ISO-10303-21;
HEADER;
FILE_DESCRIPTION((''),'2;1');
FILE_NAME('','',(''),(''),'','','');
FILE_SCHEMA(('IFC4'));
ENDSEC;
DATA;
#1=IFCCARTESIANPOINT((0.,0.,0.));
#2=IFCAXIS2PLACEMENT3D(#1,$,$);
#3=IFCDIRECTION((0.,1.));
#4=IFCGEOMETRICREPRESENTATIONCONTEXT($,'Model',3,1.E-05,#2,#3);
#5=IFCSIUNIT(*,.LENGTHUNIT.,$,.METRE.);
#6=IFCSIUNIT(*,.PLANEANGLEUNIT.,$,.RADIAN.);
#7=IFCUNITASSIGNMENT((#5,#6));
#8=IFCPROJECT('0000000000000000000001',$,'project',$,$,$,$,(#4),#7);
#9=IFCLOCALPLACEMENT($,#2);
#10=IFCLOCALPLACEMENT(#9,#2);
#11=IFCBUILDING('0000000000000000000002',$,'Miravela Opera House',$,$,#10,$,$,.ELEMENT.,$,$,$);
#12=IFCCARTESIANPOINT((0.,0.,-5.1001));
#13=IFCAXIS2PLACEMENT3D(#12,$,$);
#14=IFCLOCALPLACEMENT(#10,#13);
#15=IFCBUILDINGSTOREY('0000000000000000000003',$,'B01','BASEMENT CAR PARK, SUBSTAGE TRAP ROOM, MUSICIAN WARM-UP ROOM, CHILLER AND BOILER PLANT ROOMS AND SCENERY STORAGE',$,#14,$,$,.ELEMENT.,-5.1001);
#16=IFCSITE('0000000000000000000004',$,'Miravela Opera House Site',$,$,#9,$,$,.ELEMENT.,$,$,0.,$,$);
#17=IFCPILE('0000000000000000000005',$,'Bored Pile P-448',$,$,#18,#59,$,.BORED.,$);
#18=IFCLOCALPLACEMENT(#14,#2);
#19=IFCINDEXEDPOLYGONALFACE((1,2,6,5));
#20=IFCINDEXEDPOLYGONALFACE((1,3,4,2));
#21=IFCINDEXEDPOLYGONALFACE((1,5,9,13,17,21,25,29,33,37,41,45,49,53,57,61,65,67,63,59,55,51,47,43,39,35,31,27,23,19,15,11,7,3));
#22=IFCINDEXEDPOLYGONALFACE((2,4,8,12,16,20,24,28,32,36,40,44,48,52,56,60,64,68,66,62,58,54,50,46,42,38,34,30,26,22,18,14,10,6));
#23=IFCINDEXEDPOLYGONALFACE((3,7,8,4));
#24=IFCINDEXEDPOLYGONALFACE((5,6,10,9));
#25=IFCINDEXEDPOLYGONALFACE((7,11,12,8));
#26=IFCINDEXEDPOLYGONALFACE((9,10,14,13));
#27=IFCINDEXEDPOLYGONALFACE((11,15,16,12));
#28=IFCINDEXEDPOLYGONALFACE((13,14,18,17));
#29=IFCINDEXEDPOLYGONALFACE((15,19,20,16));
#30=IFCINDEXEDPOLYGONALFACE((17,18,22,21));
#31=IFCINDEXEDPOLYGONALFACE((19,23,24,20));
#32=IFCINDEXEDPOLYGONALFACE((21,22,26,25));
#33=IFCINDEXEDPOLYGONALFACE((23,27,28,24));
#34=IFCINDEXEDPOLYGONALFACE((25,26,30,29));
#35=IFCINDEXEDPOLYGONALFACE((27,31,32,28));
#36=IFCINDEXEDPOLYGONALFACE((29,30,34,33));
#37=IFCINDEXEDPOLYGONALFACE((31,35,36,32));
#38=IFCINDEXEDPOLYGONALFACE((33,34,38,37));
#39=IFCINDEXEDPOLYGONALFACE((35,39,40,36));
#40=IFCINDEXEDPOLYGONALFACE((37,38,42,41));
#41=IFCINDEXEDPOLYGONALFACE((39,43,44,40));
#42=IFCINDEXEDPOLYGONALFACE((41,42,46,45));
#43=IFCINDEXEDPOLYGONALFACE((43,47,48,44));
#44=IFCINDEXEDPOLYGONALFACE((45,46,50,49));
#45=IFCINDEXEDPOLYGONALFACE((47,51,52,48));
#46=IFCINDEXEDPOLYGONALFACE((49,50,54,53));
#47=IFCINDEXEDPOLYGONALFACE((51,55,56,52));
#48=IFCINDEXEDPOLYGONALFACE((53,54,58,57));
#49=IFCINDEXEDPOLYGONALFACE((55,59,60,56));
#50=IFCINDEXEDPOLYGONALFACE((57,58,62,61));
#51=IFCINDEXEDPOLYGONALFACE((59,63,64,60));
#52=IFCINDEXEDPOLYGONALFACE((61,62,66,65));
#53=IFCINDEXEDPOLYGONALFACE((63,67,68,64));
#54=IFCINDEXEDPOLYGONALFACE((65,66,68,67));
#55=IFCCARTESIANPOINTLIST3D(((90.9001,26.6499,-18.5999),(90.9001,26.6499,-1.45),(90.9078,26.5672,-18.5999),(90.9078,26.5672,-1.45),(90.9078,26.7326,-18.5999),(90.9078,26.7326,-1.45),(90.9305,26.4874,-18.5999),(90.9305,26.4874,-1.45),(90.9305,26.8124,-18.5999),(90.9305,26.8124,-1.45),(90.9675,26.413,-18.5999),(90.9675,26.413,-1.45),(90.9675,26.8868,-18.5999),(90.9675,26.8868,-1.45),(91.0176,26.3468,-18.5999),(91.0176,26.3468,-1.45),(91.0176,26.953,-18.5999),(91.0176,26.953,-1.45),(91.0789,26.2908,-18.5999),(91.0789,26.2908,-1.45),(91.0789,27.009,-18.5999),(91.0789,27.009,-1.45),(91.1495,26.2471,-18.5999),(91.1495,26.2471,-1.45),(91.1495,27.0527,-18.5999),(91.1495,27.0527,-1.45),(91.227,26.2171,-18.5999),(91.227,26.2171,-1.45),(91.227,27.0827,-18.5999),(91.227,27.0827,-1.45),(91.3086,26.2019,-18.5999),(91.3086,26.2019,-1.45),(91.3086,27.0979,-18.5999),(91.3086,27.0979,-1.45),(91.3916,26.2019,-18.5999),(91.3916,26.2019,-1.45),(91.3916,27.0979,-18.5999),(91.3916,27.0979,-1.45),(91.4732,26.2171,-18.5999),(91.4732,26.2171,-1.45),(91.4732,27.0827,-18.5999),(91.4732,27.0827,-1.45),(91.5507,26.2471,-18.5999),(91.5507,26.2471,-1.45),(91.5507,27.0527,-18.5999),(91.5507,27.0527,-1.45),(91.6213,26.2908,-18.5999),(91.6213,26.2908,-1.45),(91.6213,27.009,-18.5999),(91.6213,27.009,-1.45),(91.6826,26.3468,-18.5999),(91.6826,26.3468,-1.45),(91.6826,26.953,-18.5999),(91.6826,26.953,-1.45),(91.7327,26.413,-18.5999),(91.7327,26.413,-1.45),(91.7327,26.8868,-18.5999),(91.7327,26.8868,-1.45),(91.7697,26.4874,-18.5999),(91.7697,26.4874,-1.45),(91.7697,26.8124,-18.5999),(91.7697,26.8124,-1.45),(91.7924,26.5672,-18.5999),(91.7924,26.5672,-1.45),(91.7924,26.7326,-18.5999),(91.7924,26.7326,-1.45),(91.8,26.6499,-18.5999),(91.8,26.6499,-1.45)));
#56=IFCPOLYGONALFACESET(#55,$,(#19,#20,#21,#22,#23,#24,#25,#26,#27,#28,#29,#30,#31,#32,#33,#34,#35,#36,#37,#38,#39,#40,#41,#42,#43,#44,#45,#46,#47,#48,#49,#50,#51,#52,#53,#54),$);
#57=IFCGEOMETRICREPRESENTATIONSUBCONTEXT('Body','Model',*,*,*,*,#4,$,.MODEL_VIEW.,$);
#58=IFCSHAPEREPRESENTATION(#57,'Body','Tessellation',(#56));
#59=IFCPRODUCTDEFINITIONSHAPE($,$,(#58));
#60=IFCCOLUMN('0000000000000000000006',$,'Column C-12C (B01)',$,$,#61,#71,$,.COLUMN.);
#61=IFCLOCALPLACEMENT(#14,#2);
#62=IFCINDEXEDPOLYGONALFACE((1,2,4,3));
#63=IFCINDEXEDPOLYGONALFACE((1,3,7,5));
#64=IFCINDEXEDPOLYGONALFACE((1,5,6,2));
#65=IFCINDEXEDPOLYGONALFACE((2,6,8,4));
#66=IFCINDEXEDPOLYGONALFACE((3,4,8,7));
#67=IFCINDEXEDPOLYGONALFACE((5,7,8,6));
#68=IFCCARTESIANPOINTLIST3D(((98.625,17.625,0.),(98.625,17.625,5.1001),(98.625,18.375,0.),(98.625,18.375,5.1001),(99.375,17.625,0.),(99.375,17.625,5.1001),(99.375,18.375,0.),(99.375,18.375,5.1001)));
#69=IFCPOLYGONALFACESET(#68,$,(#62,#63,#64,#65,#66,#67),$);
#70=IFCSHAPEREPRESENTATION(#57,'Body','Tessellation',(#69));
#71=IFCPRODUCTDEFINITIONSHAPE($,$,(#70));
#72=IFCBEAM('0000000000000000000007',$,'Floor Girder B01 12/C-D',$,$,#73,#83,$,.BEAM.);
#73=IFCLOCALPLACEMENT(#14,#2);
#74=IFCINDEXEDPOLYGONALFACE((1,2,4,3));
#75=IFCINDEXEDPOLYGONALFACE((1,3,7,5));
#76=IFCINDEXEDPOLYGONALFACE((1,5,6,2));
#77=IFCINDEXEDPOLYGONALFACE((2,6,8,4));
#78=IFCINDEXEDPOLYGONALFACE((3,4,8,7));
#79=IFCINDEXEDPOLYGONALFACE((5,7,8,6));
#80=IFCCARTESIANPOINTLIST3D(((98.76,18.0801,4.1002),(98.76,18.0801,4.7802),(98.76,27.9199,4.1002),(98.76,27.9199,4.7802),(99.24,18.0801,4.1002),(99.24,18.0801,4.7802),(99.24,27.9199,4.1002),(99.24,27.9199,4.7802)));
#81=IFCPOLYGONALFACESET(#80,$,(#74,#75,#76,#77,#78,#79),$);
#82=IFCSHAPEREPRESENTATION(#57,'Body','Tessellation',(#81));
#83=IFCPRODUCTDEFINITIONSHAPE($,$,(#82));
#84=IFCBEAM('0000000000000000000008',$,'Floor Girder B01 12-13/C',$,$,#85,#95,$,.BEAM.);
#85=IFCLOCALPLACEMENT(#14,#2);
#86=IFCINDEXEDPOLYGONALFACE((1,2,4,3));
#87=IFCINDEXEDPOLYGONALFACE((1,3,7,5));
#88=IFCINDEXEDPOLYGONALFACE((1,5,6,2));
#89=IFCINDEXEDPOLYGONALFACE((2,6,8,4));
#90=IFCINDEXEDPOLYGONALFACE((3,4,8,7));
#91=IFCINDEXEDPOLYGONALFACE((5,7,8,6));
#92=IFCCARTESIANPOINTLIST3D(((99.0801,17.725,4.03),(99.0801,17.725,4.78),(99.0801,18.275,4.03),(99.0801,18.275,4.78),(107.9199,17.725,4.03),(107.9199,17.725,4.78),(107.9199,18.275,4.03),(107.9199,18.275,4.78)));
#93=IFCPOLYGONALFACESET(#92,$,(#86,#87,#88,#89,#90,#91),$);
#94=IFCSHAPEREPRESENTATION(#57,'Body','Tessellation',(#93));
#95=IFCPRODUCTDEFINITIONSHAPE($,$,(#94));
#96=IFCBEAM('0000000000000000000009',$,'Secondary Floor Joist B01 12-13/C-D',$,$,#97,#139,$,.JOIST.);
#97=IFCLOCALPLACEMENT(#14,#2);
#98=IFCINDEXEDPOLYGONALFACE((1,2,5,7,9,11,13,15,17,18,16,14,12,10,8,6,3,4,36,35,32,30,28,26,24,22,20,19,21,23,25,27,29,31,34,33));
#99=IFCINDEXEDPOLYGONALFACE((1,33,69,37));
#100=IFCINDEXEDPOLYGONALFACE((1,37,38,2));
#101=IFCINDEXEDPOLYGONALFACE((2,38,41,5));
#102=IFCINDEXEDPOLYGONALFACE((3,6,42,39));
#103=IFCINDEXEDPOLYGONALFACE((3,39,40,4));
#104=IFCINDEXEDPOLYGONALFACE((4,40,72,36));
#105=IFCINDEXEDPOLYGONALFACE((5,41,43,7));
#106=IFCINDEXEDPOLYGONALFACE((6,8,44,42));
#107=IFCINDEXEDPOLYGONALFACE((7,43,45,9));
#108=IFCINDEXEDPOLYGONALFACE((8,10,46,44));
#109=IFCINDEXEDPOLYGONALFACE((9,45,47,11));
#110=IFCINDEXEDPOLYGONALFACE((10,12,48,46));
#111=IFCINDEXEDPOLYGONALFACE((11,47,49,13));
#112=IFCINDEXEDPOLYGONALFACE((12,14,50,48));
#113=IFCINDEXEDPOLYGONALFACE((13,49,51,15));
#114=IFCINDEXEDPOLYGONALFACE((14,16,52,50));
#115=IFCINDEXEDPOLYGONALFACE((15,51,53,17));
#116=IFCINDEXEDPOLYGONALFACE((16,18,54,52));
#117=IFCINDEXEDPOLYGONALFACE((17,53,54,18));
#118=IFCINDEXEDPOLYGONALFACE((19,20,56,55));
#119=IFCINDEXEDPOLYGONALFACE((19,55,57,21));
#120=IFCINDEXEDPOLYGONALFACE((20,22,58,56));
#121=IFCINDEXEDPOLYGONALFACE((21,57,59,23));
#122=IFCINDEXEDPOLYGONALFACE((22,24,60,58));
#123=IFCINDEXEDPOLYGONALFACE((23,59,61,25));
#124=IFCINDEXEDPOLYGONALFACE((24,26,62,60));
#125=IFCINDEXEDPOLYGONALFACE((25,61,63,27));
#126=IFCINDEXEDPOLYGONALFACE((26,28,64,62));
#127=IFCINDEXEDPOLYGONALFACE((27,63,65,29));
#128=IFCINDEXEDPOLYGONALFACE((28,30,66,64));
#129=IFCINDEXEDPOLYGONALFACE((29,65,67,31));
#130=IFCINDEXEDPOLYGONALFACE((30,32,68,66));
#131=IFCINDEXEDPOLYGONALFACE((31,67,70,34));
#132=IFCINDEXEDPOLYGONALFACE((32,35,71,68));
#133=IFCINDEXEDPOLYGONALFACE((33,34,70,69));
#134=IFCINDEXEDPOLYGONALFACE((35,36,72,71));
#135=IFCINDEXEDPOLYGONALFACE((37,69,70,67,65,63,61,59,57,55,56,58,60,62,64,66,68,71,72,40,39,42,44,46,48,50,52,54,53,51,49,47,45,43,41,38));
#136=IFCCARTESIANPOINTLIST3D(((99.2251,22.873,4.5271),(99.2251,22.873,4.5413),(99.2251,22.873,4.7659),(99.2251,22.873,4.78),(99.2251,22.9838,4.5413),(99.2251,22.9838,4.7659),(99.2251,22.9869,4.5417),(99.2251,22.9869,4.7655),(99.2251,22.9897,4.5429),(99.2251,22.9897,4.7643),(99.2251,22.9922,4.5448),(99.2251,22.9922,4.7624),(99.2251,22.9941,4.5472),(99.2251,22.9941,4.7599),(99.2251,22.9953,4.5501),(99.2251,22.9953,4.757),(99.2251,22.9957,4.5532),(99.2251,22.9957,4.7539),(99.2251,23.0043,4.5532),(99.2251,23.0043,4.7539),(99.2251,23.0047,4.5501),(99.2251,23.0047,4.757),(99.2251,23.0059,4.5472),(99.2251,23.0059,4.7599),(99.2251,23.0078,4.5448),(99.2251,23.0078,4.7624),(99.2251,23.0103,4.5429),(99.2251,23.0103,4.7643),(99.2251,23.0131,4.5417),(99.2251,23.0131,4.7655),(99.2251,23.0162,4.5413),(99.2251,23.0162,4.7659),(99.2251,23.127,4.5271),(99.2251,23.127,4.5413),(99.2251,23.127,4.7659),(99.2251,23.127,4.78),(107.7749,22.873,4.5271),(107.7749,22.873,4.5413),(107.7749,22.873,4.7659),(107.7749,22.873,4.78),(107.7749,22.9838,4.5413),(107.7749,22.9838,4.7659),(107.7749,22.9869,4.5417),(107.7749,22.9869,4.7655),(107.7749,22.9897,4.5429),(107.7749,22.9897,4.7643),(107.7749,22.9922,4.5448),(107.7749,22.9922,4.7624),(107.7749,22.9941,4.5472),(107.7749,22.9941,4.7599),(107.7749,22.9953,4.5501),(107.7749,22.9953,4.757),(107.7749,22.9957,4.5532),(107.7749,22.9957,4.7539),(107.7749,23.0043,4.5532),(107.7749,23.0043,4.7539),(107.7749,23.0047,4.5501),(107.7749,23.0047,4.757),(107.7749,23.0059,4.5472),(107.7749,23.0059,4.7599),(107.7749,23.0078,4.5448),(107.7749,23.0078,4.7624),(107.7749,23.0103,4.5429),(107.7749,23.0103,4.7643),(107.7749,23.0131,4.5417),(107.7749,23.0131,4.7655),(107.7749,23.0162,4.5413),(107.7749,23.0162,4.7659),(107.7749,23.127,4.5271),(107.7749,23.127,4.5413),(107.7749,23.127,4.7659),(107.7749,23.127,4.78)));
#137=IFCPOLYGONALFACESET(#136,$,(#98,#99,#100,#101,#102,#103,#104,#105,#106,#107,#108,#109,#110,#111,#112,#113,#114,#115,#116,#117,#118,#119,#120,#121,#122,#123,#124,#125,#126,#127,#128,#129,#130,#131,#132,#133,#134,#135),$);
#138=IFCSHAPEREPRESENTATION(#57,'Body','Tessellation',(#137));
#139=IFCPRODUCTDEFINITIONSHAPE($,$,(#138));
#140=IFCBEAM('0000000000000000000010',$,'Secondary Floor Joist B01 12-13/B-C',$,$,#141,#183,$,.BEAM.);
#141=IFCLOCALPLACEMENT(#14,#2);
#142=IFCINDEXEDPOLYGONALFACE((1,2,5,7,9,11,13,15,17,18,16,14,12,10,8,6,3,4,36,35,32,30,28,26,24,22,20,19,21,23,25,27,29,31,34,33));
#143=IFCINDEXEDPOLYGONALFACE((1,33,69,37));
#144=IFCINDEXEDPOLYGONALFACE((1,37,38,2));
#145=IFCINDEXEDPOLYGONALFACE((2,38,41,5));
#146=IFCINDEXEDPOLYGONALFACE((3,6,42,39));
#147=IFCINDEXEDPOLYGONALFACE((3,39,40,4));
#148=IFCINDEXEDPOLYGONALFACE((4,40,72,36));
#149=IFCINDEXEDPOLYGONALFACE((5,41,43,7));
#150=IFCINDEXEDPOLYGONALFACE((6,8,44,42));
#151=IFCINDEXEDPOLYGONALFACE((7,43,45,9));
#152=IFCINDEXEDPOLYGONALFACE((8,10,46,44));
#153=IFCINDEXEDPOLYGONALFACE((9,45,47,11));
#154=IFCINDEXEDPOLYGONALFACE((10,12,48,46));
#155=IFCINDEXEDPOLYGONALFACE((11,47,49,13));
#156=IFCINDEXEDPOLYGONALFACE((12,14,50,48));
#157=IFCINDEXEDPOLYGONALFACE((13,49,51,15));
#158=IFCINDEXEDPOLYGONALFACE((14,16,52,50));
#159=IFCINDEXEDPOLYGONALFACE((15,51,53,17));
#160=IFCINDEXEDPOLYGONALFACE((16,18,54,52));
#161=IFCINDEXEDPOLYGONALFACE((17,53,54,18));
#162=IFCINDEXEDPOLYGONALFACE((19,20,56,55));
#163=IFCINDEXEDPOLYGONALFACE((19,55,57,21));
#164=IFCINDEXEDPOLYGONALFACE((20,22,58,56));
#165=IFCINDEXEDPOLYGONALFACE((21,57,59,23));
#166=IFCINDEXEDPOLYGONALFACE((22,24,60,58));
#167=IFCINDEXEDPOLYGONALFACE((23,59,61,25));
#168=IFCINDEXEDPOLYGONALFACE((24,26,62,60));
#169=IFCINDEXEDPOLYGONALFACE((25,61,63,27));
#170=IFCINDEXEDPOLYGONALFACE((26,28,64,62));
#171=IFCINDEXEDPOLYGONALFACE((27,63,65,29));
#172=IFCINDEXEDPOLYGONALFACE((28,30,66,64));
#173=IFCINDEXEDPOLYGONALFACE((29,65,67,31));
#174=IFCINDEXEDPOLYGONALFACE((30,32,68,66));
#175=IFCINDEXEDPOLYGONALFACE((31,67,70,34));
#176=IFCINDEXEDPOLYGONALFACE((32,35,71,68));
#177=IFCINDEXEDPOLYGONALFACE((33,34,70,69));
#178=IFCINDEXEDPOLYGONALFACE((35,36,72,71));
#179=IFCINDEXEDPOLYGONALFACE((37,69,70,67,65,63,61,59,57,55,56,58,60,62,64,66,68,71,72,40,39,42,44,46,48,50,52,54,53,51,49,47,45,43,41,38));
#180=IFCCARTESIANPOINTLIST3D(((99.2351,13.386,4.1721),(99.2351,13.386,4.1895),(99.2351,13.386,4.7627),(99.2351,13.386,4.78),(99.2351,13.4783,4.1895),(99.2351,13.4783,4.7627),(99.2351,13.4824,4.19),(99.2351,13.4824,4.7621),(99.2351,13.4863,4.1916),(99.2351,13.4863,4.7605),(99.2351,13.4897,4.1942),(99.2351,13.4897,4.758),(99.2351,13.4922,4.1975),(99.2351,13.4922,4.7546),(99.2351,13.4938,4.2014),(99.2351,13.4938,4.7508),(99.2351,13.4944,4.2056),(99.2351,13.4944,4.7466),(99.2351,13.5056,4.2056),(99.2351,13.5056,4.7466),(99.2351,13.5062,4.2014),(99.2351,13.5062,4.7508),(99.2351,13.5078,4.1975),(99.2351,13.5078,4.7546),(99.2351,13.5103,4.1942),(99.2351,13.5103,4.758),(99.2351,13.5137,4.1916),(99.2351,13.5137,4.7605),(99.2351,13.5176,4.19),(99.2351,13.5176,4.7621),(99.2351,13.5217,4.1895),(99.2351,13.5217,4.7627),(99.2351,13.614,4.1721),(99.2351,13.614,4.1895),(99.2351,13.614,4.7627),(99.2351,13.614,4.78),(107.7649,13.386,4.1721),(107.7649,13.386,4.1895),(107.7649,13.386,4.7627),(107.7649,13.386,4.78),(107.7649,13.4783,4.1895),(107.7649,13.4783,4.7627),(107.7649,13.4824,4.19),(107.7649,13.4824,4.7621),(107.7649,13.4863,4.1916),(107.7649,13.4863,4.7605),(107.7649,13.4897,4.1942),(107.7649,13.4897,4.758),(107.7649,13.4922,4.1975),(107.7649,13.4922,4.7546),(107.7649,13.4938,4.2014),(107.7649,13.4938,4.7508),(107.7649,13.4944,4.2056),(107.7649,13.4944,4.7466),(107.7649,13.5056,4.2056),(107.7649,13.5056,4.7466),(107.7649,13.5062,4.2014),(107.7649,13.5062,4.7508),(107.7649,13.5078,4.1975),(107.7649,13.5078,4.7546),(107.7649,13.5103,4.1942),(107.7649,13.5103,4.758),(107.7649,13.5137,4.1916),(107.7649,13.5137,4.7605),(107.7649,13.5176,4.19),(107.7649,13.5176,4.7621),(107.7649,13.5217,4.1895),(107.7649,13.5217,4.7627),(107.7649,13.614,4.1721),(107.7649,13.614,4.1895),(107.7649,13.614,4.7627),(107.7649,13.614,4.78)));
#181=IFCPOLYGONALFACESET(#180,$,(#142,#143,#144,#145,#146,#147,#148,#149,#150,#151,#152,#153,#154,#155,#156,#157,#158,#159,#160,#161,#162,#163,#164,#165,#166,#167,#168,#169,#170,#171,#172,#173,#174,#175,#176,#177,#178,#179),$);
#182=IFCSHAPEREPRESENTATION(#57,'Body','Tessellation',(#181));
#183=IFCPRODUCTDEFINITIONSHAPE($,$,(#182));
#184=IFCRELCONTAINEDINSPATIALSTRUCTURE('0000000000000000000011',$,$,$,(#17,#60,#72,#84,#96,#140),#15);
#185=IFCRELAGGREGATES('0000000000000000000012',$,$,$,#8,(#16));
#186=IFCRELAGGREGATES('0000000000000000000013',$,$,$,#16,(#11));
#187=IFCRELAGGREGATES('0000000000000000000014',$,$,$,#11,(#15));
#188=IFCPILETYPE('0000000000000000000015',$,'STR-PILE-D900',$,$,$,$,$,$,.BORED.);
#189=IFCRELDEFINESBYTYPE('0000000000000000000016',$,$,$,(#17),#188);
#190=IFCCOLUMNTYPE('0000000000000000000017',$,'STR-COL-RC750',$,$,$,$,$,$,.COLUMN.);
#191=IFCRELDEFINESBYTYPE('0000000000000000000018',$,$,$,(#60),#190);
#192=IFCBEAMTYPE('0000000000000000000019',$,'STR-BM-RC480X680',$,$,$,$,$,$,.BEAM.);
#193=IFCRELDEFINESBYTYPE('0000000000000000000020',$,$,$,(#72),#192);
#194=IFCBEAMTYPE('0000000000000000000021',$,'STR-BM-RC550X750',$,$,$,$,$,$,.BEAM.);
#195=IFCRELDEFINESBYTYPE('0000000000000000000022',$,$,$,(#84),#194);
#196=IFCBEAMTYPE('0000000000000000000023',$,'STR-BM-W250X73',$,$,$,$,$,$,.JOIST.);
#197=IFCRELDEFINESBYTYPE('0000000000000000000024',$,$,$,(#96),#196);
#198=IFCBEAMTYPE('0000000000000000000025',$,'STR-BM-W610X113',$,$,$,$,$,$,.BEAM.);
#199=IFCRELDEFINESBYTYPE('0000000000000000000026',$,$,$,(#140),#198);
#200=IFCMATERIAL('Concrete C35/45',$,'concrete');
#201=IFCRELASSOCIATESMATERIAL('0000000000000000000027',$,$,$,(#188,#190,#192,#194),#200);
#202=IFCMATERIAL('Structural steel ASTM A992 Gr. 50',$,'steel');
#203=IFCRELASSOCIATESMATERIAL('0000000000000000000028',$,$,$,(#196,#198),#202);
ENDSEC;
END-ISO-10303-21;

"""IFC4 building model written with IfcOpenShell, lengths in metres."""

from ifc_helpers import new_model, si_unit, direction, frame, origin, origin_2d, place, context, subcontext, project, spatial, rectangle, circle, i_section, extrude, material, material_profile, profile_set, type_object, element, save


model = new_model("IFC4")

# Units and contexts
model_context = context("Model", 3, precision=1e-05, world=origin(), true_north=direction((0.0, 1.0)))
body_context = subcontext(model_context, "Body", "Model", "MODEL_VIEW")
ifc_project = project(units=[si_unit("LENGTHUNIT", "METRE"), si_unit("PLANEANGLEUNIT", "RADIAN")], contexts=[model_context])

# Site, building, storey
site_placement = place(None, origin())
site = spatial("IfcSite", under=ifc_project, at=site_placement, Name="Miravela Opera House Site", CompositionType="ELEMENT", RefElevation=0.0)
building_placement = place(site_placement, origin())
building = spatial("IfcBuilding", under=site, at=building_placement, Name="Miravela Opera House", CompositionType="ELEMENT")
storey_placement = place(building_placement, frame((0.0, 0.0, -5.1001)))
storey = spatial("IfcBuildingStorey", under=building, at=storey_placement, Name="B01", Description="BASEMENT CAR PARK, SUBSTAGE TRAP ROOM, MUSICIAN WARM-UP ROOM, CHILLER AND BOILER PLANT ROOMS AND SCENERY STORAGE", CompositionType="ELEMENT", Elevation=-5.1001)

# Shared definitions
ifc_material_1 = material(Name="Concrete C35/45", Category="concrete")

# Pile
ifc_material_profile_1 = material_profile(ifc_material_1, circle(Radius=0.45, at=origin_2d()), Name="PILE-D900")
ifc_profile_set_1 = profile_set([ifc_material_profile_1])
pile_type_1 = type_object("IfcPileType", Name="STR-PILE-D900", PredefinedType="BORED", material=ifc_profile_set_1)
for number, where, z_axis, x_axis, name in (
    (1, (91.3501, 26.6499, -1.45), (0.0, 0.0, -1.0), (1.0, 0.0, 0.0), "Bored Pile P-448"),
):
    element("IfcPile", number, at=place(storey_placement, frame(where, z_axis=z_axis, x_axis=x_axis)), inside=storey, type_object=pile_type_1, Name=name, PredefinedType="BORED", context=body_context, shape_type="SweptSolid", body=[
        extrude(circle(Radius=0.45, at=origin_2d()), origin(), (0.0, 0.0, 1.0), 17.1499),
    ])

# Column
ifc_material_profile_2 = material_profile(ifc_material_1, rectangle(XDim=0.75, YDim=0.75, at=origin_2d()), Name="RC-COL-750X750")
ifc_profile_set_2 = profile_set([ifc_material_profile_2])
column_type = type_object("IfcColumnType", Name="STR-COL-RC750", PredefinedType="COLUMN", material=ifc_profile_set_2)
column_placement = place(storey_placement, frame((99.0, 18.0, 0.0), z_axis=(0.0, 0.0, 1.0), x_axis=(1.0, 0.0, 0.0)))
element("IfcColumn", 2, at=column_placement, inside=storey, type_object=column_type, Name="Column C-12C (B01)", PredefinedType="COLUMN", context=body_context, shape_type="SweptSolid", body=[
    extrude(rectangle(XDim=0.75, YDim=0.75, at=origin_2d()), origin(), (0.0, 0.0, 1.0), 5.1001),
])

# Beams
ifc_material_profile_3 = material_profile(ifc_material_1, rectangle(XDim=0.48, YDim=0.6799, at=origin_2d()), Name="RC-BM-480X680")
ifc_profile_set_3 = profile_set([ifc_material_profile_3])
beam_type_1 = type_object("IfcBeamType", Name="STR-BM-RC480X680", PredefinedType="BEAM", material=ifc_profile_set_3)
beam_1_placement = place(storey_placement, frame((99.0, 18.0801, 4.4402), z_axis=(0.0, 1.0, 0.0), x_axis=(-1.0, 0.0, 0.0)))
element("IfcBeam", 3, at=beam_1_placement, inside=storey, type_object=beam_type_1, Name="Floor Girder B01 12/C-D", PredefinedType="BEAM", context=body_context, shape_type="SweptSolid", body=[
    extrude(rectangle(XDim=0.48, YDim=0.6799, at=origin_2d()), origin(), (0.0, 0.0, 1.0), 9.8398),
])
ifc_material_profile_4 = material_profile(ifc_material_1, rectangle(XDim=0.55, YDim=0.75, at=origin_2d()), Name="RC-BM-550X750")
ifc_profile_set_4 = profile_set([ifc_material_profile_4])
beam_type_2 = type_object("IfcBeamType", Name="STR-BM-RC550X750", PredefinedType="BEAM", material=ifc_profile_set_4)
beam_2_placement = place(storey_placement, frame((99.0801, 18.0, 4.405), z_axis=(1.0, 0.0, 0.0), x_axis=(0.0, 1.0, 0.0)))
element("IfcBeam", 4, at=beam_2_placement, inside=storey, type_object=beam_type_2, Name="Floor Girder B01 12-13/C", PredefinedType="BEAM", context=body_context, shape_type="SweptSolid", body=[
    extrude(rectangle(XDim=0.55, YDim=0.75, at=origin_2d()), origin(), (0.0, 0.0, 1.0), 8.8398),
])
ifc_material_2 = material(Name="Structural steel ASTM A992 Gr. 50", Category="steel")
ifc_material_profile_5 = material_profile(ifc_material_2, i_section(OverallWidth=0.2539, OverallDepth=0.2529, WebThickness=0.0085, FlangeThickness=0.0142, FilletRadius=0.012, at=origin_2d()), Name="W250X73")
ifc_profile_set_5 = profile_set([ifc_material_profile_5])
beam_type_3 = type_object("IfcBeamType", Name="STR-BM-W250X73", PredefinedType="JOIST", material=ifc_profile_set_5)
beam_3_placement = place(storey_placement, frame((99.2251, 23.0, 4.6536), z_axis=(1.0, 0.0, 0.0), x_axis=(0.0, 1.0, 0.0)))
element("IfcBeam", 5, at=beam_3_placement, inside=storey, type_object=beam_type_3, Name="Secondary Floor Joist B01 12-13/C-D", PredefinedType="JOIST", context=body_context, shape_type="SweptSolid", body=[
    extrude(i_section(OverallWidth=0.2539, OverallDepth=0.2529, WebThickness=0.0085, FlangeThickness=0.0142, FilletRadius=0.012, at=origin_2d()), origin(), (0.0, 0.0, 1.0), 8.5498),
])
ifc_material_profile_6 = material_profile(ifc_material_2, i_section(OverallWidth=0.228, OverallDepth=0.6079, WebThickness=0.0112, FlangeThickness=0.0173, FilletRadius=0.0161, at=origin_2d()), Name="W610X113")
ifc_profile_set_6 = profile_set([ifc_material_profile_6])
beam_type_4 = type_object("IfcBeamType", Name="STR-BM-W610X113", PredefinedType="BEAM", material=ifc_profile_set_6)
beam_4_placement = place(storey_placement, frame((99.2351, 13.5, 4.4761), z_axis=(1.0, 0.0, 0.0), x_axis=(0.0, 1.0, 0.0)))
element("IfcBeam", 6, at=beam_4_placement, inside=storey, type_object=beam_type_4, Name="Secondary Floor Joist B01 12-13/B-C", PredefinedType="BEAM", context=body_context, shape_type="SweptSolid", body=[
    extrude(i_section(OverallWidth=0.228, OverallDepth=0.6079, WebThickness=0.0112, FlangeThickness=0.0173, FilletRadius=0.0161, at=origin_2d()), origin(), (0.0, 0.0, 1.0), 8.5298),
])

save(model, "model.ifc")
